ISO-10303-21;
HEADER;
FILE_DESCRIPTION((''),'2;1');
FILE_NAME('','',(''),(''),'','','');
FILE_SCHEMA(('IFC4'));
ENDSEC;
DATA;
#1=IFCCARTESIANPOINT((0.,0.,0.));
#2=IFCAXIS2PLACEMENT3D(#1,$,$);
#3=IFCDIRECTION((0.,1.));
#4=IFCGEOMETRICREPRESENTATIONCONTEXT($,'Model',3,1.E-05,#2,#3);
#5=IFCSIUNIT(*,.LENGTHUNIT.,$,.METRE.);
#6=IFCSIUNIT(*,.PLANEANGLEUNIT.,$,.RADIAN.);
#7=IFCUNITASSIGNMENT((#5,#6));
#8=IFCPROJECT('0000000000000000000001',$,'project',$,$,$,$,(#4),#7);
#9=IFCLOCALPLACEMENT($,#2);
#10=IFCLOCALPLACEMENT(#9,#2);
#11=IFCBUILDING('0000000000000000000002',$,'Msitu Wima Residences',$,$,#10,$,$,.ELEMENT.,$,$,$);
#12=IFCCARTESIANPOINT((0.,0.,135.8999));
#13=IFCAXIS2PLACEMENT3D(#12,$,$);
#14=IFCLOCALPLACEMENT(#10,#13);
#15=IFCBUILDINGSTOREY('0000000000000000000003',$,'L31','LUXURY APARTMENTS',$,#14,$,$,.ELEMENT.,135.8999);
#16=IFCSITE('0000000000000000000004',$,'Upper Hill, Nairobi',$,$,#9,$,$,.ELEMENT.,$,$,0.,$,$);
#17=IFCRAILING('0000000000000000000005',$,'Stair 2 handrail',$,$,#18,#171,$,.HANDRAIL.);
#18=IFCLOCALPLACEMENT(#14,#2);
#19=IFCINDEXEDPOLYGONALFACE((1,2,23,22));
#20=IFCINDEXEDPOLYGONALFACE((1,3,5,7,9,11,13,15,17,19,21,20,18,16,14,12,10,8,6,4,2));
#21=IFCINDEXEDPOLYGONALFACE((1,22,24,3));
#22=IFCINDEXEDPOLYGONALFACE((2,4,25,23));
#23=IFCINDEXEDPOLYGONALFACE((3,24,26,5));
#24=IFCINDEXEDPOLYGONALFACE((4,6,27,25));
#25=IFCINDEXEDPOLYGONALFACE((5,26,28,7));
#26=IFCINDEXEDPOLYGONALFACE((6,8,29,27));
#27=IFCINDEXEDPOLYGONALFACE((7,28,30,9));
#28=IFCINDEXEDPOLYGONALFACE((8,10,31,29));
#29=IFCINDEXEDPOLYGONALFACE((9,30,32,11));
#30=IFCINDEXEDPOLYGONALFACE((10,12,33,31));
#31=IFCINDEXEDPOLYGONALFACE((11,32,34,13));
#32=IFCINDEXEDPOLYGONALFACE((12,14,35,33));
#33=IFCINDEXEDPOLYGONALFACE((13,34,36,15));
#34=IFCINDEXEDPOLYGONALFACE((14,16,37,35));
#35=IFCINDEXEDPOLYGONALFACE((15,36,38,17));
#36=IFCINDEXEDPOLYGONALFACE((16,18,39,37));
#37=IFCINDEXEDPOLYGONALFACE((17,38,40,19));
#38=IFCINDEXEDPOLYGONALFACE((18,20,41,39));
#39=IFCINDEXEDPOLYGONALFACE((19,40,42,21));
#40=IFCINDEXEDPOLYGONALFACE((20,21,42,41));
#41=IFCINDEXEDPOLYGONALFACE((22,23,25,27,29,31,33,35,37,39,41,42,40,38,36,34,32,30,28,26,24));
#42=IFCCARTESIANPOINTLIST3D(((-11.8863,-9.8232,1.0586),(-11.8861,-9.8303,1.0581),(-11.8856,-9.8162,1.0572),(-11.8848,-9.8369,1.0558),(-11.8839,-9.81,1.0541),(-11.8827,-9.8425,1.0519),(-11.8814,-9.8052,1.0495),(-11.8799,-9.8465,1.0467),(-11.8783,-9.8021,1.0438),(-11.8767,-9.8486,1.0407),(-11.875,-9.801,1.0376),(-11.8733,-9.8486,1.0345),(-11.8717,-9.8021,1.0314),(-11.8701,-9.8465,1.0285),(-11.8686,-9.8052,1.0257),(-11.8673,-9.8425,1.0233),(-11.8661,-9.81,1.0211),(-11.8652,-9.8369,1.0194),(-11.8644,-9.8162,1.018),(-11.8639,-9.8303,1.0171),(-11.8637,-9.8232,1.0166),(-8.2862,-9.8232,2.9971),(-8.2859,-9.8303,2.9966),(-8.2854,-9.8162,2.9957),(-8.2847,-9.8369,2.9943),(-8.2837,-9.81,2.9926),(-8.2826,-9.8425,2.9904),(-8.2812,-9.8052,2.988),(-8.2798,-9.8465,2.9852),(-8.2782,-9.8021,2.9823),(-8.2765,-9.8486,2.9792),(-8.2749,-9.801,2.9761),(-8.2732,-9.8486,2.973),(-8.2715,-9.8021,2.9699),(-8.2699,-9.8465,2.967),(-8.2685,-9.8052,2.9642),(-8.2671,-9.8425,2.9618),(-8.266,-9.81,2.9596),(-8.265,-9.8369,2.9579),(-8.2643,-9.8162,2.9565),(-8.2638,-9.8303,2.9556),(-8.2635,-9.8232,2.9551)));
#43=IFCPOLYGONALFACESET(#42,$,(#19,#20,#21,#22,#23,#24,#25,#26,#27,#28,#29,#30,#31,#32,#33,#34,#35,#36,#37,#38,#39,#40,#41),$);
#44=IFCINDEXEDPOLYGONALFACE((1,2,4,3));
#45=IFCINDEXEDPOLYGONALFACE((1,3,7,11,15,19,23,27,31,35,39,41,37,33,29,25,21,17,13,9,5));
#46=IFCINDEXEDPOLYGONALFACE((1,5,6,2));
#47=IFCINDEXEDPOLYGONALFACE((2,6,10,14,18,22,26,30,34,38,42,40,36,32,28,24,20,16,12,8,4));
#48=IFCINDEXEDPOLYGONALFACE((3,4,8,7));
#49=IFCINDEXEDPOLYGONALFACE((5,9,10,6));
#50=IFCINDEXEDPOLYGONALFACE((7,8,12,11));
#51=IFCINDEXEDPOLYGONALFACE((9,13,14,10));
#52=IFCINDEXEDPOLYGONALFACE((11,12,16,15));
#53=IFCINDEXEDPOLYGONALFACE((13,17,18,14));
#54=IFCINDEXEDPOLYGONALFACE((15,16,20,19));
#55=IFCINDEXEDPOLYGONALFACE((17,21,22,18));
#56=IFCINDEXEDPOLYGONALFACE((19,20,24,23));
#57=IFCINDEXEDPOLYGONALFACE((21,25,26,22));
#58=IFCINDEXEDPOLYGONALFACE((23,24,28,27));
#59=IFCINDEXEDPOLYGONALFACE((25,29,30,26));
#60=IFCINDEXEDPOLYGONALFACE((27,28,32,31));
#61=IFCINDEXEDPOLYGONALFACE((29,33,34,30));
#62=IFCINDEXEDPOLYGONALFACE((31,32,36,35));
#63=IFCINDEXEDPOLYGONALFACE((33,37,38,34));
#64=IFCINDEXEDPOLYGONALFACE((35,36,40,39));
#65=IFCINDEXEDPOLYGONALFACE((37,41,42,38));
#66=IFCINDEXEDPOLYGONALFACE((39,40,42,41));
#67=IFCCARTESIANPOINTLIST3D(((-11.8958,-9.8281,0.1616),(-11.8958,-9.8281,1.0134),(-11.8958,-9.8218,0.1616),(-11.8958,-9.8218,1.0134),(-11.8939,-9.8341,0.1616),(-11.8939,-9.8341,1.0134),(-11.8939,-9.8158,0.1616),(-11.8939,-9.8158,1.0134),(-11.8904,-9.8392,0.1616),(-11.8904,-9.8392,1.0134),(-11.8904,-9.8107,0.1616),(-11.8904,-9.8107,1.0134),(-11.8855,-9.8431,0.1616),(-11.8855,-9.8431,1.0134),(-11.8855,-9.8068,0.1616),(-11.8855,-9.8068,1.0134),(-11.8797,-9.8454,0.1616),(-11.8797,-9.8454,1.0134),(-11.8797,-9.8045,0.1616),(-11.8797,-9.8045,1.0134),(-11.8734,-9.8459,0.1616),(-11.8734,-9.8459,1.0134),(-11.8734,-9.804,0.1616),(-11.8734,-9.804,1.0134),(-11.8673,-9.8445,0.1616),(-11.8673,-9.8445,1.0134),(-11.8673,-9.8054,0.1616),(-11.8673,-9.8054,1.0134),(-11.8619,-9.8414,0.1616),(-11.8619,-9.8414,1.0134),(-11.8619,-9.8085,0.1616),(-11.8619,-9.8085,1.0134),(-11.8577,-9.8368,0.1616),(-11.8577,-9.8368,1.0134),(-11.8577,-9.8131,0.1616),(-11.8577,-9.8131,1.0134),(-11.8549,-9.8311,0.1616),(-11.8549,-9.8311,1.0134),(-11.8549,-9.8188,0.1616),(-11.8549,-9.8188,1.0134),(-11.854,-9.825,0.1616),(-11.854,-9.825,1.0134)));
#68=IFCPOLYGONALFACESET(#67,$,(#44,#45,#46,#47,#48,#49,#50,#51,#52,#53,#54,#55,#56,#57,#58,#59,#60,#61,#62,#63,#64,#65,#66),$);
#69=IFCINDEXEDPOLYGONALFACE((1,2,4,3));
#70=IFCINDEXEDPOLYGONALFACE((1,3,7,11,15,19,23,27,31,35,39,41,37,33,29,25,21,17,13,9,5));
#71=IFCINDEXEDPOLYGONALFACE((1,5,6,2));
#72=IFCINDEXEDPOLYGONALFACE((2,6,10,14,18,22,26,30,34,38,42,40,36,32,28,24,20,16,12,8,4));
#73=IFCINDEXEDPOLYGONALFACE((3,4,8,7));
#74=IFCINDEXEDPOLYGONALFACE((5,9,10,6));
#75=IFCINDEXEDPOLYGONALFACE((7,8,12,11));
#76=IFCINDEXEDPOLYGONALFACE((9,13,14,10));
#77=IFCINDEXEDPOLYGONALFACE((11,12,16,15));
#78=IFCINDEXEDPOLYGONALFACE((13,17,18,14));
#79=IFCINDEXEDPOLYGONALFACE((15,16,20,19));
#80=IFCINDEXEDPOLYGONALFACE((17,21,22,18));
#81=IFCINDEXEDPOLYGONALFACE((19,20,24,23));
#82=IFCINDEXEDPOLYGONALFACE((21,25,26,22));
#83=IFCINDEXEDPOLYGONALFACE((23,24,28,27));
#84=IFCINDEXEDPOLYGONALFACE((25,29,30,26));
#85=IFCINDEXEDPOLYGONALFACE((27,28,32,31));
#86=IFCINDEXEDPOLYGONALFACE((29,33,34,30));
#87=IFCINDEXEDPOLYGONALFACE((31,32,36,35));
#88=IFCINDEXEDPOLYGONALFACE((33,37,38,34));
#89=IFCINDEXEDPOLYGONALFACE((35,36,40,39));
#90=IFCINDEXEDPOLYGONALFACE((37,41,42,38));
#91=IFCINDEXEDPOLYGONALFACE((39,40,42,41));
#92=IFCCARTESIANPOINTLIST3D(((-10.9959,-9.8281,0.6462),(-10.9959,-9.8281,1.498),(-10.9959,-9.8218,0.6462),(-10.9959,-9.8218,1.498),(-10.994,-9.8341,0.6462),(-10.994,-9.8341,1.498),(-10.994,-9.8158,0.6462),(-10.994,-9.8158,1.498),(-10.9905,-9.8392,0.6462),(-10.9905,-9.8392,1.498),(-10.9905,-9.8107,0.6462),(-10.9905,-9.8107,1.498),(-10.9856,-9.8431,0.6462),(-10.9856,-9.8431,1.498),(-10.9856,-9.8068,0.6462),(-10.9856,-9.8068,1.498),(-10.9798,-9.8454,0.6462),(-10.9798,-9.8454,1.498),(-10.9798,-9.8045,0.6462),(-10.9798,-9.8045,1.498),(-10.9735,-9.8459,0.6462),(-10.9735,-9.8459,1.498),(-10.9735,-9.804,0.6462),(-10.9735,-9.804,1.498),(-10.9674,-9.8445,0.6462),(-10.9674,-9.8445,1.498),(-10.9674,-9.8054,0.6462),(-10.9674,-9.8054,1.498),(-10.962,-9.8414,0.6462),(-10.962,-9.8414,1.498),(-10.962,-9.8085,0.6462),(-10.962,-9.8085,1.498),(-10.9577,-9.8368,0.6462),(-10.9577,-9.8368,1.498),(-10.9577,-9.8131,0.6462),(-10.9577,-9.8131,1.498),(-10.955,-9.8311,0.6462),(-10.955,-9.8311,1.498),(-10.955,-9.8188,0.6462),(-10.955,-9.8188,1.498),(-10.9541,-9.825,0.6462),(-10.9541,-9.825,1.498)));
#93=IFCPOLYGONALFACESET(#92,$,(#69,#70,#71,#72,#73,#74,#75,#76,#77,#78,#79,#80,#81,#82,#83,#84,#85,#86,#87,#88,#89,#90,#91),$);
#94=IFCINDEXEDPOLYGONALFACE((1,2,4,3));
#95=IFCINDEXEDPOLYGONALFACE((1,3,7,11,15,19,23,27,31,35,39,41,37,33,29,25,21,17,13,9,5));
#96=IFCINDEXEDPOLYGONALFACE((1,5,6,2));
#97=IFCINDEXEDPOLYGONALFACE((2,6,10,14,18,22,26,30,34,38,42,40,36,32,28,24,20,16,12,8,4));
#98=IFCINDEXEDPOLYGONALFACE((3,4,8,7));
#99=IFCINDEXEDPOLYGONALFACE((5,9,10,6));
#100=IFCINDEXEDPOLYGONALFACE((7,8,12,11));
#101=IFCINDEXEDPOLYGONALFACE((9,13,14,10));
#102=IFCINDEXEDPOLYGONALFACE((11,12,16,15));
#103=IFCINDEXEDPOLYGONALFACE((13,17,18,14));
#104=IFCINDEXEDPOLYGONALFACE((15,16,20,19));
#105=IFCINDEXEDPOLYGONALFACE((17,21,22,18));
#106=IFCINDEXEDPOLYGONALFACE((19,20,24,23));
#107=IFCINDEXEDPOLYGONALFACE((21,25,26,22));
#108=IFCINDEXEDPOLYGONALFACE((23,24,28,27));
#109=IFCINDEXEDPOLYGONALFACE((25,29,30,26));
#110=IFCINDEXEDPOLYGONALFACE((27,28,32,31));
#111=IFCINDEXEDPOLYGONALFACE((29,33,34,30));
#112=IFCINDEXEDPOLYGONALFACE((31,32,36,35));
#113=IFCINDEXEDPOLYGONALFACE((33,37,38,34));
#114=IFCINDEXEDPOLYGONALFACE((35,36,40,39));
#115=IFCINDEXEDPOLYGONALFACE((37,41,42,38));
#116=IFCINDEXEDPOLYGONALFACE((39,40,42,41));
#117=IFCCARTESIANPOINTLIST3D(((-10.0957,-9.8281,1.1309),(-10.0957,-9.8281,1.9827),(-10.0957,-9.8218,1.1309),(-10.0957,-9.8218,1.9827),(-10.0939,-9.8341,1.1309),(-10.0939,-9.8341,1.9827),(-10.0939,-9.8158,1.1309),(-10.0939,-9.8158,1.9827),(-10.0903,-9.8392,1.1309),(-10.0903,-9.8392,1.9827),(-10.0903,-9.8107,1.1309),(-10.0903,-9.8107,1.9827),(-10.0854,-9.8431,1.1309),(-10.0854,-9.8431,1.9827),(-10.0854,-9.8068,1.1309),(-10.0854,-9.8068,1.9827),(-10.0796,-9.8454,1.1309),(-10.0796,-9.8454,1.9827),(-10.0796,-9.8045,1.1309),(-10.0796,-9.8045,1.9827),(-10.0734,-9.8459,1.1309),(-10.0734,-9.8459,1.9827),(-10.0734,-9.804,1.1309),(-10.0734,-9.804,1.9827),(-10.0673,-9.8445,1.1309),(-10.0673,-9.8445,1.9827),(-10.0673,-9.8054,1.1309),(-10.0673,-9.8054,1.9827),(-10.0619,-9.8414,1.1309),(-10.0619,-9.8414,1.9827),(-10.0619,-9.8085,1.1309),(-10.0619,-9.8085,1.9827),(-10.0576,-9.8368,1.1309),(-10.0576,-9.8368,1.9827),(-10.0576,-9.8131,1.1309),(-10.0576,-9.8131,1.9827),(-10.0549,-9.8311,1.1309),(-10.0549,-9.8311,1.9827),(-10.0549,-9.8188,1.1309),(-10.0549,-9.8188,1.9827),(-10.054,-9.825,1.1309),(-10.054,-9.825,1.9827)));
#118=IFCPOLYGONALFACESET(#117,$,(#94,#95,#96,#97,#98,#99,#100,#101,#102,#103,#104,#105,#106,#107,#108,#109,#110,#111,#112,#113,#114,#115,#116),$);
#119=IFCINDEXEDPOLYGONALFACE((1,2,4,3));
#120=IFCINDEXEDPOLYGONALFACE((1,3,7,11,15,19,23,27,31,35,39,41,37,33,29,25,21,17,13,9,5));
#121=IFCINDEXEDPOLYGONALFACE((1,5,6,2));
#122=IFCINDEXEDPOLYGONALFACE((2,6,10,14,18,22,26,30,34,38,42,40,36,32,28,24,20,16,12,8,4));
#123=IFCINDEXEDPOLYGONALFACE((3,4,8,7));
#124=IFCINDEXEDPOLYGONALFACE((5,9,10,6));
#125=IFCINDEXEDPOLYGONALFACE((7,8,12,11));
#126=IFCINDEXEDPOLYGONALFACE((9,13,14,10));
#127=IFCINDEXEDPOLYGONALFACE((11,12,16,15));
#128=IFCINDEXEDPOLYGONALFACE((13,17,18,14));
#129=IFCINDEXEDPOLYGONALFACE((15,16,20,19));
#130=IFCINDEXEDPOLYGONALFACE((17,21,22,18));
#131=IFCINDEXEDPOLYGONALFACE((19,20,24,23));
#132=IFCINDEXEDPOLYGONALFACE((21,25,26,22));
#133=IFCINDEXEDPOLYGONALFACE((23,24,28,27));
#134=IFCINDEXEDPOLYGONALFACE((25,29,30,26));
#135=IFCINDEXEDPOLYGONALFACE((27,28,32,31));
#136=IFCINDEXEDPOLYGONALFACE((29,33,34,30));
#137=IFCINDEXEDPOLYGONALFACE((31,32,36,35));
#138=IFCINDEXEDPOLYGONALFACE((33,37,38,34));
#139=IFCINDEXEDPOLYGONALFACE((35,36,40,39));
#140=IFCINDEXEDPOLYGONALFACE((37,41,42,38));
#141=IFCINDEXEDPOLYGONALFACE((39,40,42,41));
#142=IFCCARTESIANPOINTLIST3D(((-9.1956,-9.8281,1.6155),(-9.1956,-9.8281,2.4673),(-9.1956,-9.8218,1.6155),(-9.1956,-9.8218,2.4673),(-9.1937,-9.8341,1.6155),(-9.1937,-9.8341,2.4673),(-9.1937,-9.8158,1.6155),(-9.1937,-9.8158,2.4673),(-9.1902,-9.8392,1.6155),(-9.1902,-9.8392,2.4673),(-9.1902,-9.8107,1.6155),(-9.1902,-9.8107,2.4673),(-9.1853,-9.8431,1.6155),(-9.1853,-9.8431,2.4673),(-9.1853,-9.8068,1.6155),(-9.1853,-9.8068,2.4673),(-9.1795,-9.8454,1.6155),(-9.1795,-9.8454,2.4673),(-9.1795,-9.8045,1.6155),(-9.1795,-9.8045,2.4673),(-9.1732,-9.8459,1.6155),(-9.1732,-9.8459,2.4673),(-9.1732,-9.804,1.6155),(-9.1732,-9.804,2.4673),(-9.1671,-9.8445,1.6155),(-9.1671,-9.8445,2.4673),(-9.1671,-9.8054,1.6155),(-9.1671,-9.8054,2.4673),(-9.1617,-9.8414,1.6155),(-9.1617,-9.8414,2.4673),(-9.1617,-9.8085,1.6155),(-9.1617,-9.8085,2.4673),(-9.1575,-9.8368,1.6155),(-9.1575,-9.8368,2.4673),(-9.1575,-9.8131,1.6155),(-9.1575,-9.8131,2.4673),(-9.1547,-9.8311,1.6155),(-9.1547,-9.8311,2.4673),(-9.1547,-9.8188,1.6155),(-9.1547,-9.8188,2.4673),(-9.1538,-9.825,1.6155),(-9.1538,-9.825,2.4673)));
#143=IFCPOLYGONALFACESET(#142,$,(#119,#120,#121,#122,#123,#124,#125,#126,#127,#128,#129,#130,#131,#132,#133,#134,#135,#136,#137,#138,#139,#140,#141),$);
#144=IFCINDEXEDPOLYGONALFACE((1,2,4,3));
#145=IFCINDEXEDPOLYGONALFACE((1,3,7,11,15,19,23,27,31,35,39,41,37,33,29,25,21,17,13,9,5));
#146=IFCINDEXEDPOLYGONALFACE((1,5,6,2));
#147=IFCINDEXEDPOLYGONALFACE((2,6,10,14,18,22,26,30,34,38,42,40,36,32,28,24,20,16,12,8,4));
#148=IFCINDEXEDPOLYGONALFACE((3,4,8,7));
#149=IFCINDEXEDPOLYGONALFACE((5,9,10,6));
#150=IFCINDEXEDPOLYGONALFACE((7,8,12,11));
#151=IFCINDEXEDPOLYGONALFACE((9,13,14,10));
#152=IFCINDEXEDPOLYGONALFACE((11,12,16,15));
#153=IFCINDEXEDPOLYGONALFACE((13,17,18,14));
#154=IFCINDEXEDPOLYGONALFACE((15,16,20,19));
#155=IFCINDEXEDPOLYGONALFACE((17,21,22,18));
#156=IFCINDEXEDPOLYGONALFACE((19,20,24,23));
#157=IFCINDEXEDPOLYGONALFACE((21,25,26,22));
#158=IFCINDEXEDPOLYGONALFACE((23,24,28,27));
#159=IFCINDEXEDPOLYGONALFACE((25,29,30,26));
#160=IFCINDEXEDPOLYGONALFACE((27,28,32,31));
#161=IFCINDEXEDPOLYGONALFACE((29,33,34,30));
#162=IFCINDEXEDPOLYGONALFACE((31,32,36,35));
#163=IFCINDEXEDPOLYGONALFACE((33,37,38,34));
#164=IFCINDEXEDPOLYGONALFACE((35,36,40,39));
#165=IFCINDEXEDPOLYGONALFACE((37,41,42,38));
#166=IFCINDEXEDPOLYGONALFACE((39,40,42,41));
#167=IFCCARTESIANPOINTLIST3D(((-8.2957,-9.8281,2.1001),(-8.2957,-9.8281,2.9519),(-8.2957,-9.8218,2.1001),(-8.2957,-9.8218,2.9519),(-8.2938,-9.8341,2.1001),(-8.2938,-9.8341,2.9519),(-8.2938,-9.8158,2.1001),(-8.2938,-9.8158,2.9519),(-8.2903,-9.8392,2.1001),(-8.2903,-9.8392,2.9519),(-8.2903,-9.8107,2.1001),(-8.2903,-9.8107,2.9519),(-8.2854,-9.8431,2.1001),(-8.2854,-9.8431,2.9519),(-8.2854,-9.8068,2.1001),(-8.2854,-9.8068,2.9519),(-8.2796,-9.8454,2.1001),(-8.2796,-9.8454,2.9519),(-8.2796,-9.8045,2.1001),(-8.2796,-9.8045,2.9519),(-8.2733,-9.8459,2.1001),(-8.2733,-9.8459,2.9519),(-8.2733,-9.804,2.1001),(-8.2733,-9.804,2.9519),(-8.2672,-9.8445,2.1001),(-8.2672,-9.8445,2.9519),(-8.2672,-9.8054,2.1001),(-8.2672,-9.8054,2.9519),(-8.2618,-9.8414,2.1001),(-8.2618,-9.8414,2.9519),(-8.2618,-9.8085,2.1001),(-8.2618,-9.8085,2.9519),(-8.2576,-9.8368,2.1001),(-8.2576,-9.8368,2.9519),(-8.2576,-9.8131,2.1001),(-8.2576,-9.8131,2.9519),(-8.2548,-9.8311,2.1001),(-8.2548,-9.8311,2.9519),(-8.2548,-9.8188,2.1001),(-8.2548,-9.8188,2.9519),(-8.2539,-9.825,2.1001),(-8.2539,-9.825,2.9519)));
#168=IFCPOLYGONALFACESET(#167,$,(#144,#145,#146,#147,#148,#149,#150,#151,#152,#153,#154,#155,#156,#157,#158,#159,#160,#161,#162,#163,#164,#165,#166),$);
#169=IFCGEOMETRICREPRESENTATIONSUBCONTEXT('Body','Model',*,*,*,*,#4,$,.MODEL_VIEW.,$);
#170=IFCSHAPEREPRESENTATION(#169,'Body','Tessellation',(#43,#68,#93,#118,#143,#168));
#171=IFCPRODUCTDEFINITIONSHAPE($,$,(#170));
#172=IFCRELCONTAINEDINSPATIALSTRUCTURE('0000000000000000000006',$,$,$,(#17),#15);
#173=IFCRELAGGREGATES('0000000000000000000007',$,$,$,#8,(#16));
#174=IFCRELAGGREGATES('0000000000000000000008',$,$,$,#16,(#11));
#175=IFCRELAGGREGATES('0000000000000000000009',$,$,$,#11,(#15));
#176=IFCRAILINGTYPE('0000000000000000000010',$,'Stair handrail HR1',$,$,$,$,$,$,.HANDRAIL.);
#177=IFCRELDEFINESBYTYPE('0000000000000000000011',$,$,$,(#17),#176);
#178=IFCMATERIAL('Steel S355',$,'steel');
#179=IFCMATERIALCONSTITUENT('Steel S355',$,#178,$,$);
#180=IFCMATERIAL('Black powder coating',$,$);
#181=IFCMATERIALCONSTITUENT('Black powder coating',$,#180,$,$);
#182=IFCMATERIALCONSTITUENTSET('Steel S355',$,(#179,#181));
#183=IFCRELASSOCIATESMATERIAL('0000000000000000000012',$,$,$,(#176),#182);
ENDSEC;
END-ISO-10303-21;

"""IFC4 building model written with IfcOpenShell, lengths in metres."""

from ifc_helpers import new_model, si_unit, direction, frame, origin, origin_2d, place, context, subcontext, project, spatial, circle, extrude, material, constituent, constituent_set, type_object, element, save


model = new_model("IFC4")

# Units and contexts
model_context = context("Model", 3, precision=1e-05, world=origin(), true_north=direction((0.0, 1.0)))
body_context = subcontext(model_context, "Body", "Model", "MODEL_VIEW")
ifc_project = project(units=[si_unit("LENGTHUNIT", "METRE"), si_unit("PLANEANGLEUNIT", "RADIAN")], contexts=[model_context])

# Site, building, storey
site_placement = place(None, origin())
site = spatial("IfcSite", under=ifc_project, at=site_placement, Name="Upper Hill, Nairobi", CompositionType="ELEMENT", RefElevation=0.0)
building_placement = place(site_placement, origin())
building = spatial("IfcBuilding", under=site, at=building_placement, Name="Msitu Wima Residences", CompositionType="ELEMENT")
storey_placement = place(building_placement, frame((0.0, 0.0, 135.8999)))
storey = spatial("IfcBuildingStorey", under=building, at=storey_placement, Name="L31", Description="LUXURY APARTMENTS", CompositionType="ELEMENT", Elevation=135.8999)

# Railing
ifc_material_1 = material(Name="Steel S355", Category="steel")
ifc_constituent_1 = constituent(ifc_material_1, Name="Steel S355")
ifc_material_2 = material(Name="Black powder coating")
ifc_constituent_2 = constituent(ifc_material_2, Name="Black powder coating")
ifc_constituent_set = constituent_set(constituents=[ifc_constituent_1, ifc_constituent_2], Name="Steel S355")
railing_type = type_object("IfcRailingType", Name="Stair handrail HR1", PredefinedType="HANDRAIL", material=ifc_constituent_set)
for number, where, name in (
    (1, (-11.875, -9.825, 0.1616), "Stair 2 handrail"),
):
    element("IfcRailing", number, at=place(storey_placement, frame(where)), inside=storey, type_object=railing_type, Name=name, PredefinedType="HANDRAIL", context=body_context, shape_type="SweptSolid", body=[
        extrude(circle(Radius=0.0239, at=origin_2d()), frame((0.0, 0.0, 0.876), z_axis=(0.880475, 0.0, 0.474093), x_axis=(0.0, 1.0, 0.0)), (0.0, 0.0, 1.0), 4.0889),
        extrude(circle(Radius=0.021, at=origin_2d()), origin(), (0.0, 0.0, 1.0), 0.8518),
        extrude(circle(Radius=0.021, at=origin_2d()), frame((0.8999, 0.0, 0.4846)), (0.0, 0.0, 1.0), 0.8518),
        extrude(circle(Radius=0.021, at=origin_2d()), frame((1.8, 0.0, 0.9692)), (0.0, 0.0, 1.0), 0.8518),
        extrude(circle(Radius=0.021, at=origin_2d()), frame((2.7002, 0.0, 1.4539)), (0.0, 0.0, 1.0), 0.8518),
        extrude(circle(Radius=0.021, at=origin_2d()), frame((3.6001, 0.0, 1.9385)), (0.0, 0.0, 1.0), 0.8518),
    ])

save(model, "model.ifc")
